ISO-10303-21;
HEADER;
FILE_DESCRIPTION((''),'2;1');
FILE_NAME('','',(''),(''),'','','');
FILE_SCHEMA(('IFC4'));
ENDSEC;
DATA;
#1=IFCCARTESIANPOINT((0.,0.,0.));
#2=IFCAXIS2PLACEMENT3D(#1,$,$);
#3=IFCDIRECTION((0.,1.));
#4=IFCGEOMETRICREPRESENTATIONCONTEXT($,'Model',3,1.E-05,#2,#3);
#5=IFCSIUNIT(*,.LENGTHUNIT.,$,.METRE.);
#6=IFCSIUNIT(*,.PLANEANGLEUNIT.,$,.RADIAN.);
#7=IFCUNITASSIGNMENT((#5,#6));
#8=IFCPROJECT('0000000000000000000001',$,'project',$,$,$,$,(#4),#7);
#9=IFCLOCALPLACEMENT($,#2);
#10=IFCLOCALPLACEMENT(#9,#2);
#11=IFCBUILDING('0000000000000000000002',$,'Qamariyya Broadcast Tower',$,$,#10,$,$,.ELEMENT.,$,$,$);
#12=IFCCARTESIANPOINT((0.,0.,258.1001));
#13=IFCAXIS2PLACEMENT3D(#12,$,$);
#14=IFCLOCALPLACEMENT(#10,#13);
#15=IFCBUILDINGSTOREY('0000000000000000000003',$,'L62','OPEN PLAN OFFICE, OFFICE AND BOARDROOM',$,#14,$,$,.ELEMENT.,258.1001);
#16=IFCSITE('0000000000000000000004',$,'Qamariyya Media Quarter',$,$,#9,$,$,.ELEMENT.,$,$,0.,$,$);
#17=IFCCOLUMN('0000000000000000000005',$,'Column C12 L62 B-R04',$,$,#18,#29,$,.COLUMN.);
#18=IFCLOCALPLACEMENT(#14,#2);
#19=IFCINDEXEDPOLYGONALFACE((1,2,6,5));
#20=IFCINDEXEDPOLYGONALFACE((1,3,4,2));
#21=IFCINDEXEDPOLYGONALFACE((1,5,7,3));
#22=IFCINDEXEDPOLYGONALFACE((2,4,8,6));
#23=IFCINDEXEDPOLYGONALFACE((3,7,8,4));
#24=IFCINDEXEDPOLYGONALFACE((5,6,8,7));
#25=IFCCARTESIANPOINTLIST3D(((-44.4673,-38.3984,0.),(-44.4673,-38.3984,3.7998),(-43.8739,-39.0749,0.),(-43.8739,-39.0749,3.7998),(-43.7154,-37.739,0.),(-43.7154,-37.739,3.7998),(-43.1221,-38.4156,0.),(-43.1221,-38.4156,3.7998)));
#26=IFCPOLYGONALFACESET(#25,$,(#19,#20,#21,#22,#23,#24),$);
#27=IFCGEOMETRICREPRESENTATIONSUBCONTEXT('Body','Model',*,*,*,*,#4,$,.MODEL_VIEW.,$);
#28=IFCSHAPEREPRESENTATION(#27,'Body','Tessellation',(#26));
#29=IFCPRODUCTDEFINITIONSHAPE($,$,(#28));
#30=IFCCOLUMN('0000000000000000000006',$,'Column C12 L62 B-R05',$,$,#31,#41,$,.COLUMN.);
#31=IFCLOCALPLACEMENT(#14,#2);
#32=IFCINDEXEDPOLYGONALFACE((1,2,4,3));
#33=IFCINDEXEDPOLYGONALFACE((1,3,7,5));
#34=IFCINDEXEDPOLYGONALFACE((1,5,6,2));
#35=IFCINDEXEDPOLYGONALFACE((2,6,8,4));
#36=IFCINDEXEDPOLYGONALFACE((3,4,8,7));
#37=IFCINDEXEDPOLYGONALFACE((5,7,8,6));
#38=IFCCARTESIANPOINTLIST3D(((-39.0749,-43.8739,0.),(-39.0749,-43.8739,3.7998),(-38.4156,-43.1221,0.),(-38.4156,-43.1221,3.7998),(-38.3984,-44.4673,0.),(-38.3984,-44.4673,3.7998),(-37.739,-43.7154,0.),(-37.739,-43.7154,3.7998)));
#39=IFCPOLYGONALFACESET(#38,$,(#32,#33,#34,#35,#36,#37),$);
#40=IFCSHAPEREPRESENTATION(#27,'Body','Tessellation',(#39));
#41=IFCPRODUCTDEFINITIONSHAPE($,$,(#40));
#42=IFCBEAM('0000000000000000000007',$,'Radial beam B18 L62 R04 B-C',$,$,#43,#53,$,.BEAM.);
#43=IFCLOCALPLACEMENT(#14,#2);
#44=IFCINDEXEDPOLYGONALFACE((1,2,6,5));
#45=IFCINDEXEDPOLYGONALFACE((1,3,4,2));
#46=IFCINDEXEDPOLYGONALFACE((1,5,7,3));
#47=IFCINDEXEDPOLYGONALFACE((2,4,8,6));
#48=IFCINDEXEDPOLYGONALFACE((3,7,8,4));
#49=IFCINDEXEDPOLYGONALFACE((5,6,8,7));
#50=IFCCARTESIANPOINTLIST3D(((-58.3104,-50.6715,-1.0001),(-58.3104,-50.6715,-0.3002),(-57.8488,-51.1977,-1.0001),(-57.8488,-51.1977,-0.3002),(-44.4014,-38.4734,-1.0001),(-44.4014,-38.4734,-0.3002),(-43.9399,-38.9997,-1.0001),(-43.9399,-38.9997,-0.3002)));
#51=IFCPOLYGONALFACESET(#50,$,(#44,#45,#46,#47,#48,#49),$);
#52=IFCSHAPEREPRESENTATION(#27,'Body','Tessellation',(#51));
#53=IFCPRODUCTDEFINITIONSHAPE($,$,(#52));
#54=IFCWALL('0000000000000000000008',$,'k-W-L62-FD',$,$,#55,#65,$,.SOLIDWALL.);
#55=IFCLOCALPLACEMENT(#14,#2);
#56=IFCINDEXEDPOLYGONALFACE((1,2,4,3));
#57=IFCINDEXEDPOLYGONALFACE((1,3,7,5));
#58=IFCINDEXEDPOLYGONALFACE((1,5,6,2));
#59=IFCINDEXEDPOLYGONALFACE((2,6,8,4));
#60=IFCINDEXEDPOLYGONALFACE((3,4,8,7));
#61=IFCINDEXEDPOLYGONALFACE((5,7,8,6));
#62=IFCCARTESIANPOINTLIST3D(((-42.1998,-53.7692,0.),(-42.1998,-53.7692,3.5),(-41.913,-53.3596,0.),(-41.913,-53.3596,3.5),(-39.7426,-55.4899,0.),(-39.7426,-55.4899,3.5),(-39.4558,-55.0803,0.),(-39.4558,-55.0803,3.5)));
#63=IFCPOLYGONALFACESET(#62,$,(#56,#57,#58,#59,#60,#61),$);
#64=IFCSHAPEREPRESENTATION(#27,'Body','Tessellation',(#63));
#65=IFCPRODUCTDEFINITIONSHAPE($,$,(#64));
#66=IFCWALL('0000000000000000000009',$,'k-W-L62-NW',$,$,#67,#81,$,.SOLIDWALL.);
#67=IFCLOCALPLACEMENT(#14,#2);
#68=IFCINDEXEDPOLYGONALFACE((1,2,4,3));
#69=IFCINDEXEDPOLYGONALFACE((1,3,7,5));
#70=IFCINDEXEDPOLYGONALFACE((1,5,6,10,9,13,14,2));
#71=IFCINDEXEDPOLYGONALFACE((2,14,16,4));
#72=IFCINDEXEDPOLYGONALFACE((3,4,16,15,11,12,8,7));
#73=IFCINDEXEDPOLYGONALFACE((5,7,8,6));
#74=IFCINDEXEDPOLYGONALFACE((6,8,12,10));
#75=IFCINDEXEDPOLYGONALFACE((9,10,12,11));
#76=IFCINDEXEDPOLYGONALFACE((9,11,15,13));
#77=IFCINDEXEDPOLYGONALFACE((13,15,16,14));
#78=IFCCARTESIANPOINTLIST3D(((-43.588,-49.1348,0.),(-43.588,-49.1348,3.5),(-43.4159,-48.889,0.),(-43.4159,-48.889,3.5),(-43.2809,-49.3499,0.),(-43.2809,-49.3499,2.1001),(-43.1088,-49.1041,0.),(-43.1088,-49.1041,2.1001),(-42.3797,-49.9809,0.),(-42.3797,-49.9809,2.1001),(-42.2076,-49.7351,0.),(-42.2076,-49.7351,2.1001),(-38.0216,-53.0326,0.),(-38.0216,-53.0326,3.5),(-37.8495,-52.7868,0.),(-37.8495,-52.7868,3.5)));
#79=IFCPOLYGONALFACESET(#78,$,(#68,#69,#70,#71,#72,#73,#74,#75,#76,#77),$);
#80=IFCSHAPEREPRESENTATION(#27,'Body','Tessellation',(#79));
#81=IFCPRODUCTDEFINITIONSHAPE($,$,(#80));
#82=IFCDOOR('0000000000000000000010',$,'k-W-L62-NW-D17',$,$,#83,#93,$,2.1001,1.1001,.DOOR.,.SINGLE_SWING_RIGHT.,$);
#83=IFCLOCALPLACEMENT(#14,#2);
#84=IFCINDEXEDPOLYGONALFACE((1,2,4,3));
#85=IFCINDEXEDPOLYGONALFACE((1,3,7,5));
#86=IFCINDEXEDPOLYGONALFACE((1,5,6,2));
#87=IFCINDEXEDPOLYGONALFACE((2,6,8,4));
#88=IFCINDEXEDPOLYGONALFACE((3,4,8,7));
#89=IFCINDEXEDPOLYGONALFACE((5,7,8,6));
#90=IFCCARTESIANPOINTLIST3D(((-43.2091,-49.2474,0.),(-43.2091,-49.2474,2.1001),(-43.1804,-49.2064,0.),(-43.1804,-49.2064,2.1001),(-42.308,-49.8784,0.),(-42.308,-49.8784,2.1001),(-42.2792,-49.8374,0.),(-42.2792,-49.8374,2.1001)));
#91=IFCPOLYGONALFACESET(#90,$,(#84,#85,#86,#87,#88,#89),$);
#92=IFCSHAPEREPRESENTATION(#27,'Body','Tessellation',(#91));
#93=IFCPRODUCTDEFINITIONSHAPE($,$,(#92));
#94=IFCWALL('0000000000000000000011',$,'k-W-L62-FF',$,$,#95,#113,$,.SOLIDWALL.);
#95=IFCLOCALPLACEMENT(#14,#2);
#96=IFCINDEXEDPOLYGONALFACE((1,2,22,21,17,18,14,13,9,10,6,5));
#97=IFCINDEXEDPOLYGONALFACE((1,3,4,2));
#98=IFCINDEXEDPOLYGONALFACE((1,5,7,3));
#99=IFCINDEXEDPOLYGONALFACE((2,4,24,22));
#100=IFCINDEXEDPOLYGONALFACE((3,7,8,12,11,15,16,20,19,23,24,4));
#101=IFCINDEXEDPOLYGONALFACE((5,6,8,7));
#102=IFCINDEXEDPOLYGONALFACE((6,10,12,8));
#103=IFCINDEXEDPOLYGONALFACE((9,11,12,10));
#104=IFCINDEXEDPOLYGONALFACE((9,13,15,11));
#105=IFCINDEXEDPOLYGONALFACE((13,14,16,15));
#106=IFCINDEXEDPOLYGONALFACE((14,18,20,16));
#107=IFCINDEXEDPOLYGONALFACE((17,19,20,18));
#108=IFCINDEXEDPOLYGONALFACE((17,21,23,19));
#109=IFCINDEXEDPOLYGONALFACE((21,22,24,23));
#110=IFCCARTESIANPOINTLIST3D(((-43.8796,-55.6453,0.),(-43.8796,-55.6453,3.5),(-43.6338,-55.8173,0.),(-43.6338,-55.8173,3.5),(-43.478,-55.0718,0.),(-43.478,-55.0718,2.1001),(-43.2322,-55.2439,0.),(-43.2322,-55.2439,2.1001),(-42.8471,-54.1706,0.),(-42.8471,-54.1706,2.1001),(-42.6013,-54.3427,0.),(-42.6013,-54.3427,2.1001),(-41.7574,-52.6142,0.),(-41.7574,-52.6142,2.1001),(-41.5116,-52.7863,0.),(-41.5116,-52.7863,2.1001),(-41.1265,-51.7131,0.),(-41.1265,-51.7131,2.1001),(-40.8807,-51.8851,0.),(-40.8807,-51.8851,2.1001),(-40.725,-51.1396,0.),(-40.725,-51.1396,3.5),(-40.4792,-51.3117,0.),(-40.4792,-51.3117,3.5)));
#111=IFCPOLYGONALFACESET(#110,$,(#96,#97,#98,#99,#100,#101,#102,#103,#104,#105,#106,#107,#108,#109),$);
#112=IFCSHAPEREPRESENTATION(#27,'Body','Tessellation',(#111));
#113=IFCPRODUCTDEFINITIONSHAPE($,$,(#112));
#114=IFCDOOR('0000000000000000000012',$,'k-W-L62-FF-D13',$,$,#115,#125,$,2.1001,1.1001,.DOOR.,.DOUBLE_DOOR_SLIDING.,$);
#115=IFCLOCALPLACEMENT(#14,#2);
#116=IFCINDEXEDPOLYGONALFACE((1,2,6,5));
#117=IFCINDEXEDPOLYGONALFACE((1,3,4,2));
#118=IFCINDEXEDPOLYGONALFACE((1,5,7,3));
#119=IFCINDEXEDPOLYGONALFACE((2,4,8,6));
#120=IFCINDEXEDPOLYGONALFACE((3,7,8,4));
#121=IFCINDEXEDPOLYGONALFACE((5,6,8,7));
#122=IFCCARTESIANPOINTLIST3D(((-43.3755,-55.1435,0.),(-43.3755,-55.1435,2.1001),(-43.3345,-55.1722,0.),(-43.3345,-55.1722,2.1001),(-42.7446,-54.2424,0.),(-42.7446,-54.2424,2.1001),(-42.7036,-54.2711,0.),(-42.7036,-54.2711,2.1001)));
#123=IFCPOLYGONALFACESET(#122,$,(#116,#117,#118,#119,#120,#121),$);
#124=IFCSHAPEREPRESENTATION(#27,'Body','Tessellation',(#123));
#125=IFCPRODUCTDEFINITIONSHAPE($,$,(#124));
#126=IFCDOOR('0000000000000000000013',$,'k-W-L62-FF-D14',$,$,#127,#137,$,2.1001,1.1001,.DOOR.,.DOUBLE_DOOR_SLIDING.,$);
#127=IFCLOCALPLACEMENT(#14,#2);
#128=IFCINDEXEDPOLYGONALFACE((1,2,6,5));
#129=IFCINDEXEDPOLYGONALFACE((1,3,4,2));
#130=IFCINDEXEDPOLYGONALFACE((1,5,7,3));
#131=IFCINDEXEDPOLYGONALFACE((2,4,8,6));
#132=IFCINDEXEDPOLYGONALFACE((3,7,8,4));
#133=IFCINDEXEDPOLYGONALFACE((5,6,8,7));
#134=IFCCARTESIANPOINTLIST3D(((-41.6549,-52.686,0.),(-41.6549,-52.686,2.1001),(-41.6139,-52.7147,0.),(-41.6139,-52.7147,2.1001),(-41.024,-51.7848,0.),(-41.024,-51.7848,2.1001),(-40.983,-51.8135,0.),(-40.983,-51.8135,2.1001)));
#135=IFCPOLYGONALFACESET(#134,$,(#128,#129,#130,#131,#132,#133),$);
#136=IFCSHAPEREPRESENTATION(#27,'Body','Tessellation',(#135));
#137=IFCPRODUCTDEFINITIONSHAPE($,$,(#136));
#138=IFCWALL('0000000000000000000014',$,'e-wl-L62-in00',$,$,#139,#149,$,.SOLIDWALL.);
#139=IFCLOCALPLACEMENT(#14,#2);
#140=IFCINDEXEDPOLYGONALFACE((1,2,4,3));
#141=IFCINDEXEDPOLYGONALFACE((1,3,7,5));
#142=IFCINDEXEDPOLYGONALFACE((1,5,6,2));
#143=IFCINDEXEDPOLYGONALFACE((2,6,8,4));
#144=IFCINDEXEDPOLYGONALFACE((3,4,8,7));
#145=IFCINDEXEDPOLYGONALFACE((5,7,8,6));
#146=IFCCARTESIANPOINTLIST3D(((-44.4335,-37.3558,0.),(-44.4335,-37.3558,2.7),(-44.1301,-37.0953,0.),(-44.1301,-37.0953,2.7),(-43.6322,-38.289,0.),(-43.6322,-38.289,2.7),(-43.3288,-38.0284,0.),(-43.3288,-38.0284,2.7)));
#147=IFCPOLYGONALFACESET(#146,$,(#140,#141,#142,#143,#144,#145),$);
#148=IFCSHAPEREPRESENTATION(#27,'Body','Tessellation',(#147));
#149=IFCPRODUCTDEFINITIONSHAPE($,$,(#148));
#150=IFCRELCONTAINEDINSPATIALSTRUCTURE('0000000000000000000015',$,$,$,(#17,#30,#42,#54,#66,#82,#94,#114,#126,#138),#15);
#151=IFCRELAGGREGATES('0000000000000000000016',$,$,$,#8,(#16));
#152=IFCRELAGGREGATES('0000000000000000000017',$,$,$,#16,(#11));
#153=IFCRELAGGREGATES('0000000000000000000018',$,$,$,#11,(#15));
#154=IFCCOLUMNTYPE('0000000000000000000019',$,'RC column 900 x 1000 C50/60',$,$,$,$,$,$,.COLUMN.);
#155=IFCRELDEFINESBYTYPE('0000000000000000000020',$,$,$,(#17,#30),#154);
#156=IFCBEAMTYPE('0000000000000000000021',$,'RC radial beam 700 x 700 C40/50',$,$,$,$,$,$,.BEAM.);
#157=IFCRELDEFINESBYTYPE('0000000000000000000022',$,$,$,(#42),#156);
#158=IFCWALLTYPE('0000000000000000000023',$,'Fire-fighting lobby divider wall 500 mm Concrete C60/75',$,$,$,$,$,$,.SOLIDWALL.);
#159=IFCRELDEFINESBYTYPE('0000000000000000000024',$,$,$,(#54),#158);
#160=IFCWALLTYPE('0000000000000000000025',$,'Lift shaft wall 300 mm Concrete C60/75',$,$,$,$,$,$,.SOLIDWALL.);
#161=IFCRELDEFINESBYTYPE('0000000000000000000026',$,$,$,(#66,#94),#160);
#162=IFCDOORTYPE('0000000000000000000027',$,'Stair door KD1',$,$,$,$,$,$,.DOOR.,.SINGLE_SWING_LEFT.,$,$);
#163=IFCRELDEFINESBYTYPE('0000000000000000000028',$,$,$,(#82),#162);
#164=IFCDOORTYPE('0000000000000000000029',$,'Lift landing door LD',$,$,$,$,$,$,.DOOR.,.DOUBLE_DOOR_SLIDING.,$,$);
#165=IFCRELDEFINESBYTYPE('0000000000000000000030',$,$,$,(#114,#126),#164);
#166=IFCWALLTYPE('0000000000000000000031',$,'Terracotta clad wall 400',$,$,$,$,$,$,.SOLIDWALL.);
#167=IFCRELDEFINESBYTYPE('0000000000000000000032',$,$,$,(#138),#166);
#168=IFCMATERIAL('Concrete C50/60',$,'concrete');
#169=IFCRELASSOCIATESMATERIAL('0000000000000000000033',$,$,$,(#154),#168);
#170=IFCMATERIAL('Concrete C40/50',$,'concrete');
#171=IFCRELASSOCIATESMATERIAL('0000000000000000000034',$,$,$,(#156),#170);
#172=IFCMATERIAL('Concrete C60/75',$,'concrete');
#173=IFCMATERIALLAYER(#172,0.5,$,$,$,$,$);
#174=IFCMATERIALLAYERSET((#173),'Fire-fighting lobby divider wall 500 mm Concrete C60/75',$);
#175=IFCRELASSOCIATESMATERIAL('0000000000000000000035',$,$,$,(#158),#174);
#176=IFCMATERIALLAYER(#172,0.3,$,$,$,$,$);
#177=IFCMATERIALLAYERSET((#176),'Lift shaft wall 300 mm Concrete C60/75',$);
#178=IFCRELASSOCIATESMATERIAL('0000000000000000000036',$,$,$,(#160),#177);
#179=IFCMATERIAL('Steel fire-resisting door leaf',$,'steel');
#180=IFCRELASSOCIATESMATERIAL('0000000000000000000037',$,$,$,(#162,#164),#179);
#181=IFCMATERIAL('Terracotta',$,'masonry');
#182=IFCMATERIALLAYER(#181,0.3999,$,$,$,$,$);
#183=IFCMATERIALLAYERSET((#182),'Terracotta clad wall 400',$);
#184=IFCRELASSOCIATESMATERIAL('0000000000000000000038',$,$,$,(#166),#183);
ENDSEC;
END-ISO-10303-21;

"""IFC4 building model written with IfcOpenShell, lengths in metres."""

from ifc_helpers import new_model, si_unit, direction, frame, frame_2d, origin, origin_2d, place, context, subcontext, project, spatial, rectangle, extrude, material, layer, layer_set, material_profile, profile_set, type_object, element, fill, save


model = new_model("IFC4")

# Units and contexts
model_context = context("Model", 3, precision=1e-05, world=origin(), true_north=direction((0.0, 1.0)))
body_context = subcontext(model_context, "Body", "Model", "MODEL_VIEW")
ifc_project = project(units=[si_unit("LENGTHUNIT", "METRE"), si_unit("PLANEANGLEUNIT", "RADIAN")], contexts=[model_context])

# Site, building, storey
site_placement = place(None, origin())
site = spatial("IfcSite", under=ifc_project, at=site_placement, Name="Qamariyya Media Quarter", CompositionType="ELEMENT", RefElevation=0.0)
building_placement = place(site_placement, origin())
building = spatial("IfcBuilding", under=site, at=building_placement, Name="Qamariyya Broadcast Tower", CompositionType="ELEMENT")
storey_placement = place(building_placement, frame((0.0, 0.0, 258.1001)))
storey = spatial("IfcBuildingStorey", under=building, at=storey_placement, Name="L62", Description="OPEN PLAN OFFICE, OFFICE AND BOARDROOM", CompositionType="ELEMENT", Elevation=258.1001)

# Columns
ifc_material_1 = material(Name="Concrete C50/60", Category="concrete")
ifc_material_profile_1 = material_profile(ifc_material_1, rectangle(XDim=0.8999, YDim=1.0, at=origin_2d()))
ifc_profile_set_1 = profile_set([ifc_material_profile_1], Name="Concrete C50/60")
column_type = type_object("IfcColumnType", Name="RC column 900 x 1000 C50/60", PredefinedType="COLUMN", material=ifc_profile_set_1)
for number, where, z_axis, x_axis, name in (
    (1, (-43.7947, -38.407, 0.0), (0.0, 0.0, 1.0), (0.659346, -0.75184, 0.0), "Column C12 L62 B-R04"),
    (2, (-38.407, -43.7947, 0.0), (0.0, 0.0, 1.0), (0.75184, -0.659346, 0.0), "Column C12 L62 B-R05"),
):
    element("IfcColumn", number, at=place(storey_placement, frame(where, z_axis=z_axis, x_axis=x_axis)), inside=storey, type_object=column_type, Name=name, PredefinedType="COLUMN", context=body_context, shape_type="SweptSolid", body=[
        extrude(rectangle(XDim=0.8999, YDim=1.0, at=origin_2d()), origin(), (0.0, 0.0, 1.0), 3.7998),
    ])

# Beam
ifc_material_2 = material(Name="Concrete C40/50", Category="concrete")
ifc_material_profile_2 = material_profile(ifc_material_2, rectangle(XDim=0.7, YDim=0.7, at=origin_2d()))
ifc_profile_set_2 = profile_set([ifc_material_profile_2], Name="Concrete C40/50")
beam_type = type_object("IfcBeamType", Name="RC radial beam 700 x 700 C40/50", PredefinedType="BEAM", material=ifc_profile_set_2)
beam_placement = place(storey_placement, frame((-44.1707, -38.7366, -0.6501), z_axis=(-0.751835, -0.659352, 0.0), x_axis=(0.659352, -0.751835, 0.0)))
element("IfcBeam", 3, at=beam_placement, inside=storey, type_object=beam_type, Name="Radial beam B18 L62 R04 B-C", PredefinedType="BEAM", context=body_context, shape_type="SweptSolid", body=[
    extrude(rectangle(XDim=0.7, YDim=0.7, at=origin_2d()), origin(), (0.0, 0.0, 1.0), 18.5),
])

# Wall
ifc_material_3 = material(Name="Concrete C60/75", Category="concrete")
ifc_layer_1 = layer(ifc_material_3, 0.5)
ifc_layer_set_1 = layer_set([ifc_layer_1], Name="Fire-fighting lobby divider wall 500 mm Concrete C60/75")
wall_type_1 = type_object("IfcWallType", Name="Fire-fighting lobby divider wall 500 mm Concrete C60/75", PredefinedType="SOLIDWALL", material=ifc_layer_set_1)
wall_1_placement = place(storey_placement, frame((-39.5991, -55.2852, 0.0), z_axis=(0.0, 0.0, 1.0), x_axis=(-0.819136, 0.573599, 0.0)))
element("IfcWall", 4, at=wall_1_placement, inside=storey, type_object=wall_type_1, Name="k-W-L62-FD", PredefinedType="SOLIDWALL", context=body_context, shape_type="SweptSolid", body=[
    extrude(rectangle(XDim=2.9998, YDim=0.5, at=frame_2d((1.5, 0.0))), origin(), (0.0, 0.0, 1.0), 3.5),
])

# Wall, opening, door
ifc_layer_2 = layer(ifc_material_3, 0.3)
ifc_layer_set_2 = layer_set([ifc_layer_2], Name="Lift shaft wall 300 mm Concrete C60/75")
wall_type_2 = type_object("IfcWallType", Name="Lift shaft wall 300 mm Concrete C60/75", PredefinedType="SOLIDWALL", material=ifc_layer_set_2)
wall_2_placement = place(storey_placement, frame((-37.9355, -52.9097, 0.0), z_axis=(0.0, 0.0, 1.0), x_axis=(-0.819148, 0.573583, 0.0)))
wall_2 = element("IfcWall", 5, at=wall_2_placement, inside=storey, type_object=wall_type_2, Name="k-W-L62-NW", PredefinedType="SOLIDWALL", context=body_context, shape_type="SweptSolid", body=[
    extrude(rectangle(XDim=6.7954, YDim=0.3, at=frame_2d((3.3977, 0.0))), origin(), (0.0, 0.0, 1.0), 3.5),
])
opening_1_placement = place(wall_2_placement, frame((5.3203, 0.0, 0.0)))
opening_1 = element("IfcOpeningElement", 6, at=opening_1_placement, cuts=wall_2, PredefinedType="OPENING", context=body_context, shape_type="SweptSolid", body=[
    extrude(rectangle(XDim=1.1001, YDim=2.1001, at=frame_2d((0.55, 1.05))), frame((0.0, 0.1599, 0.0), z_axis=(0.0, -1.0, 0.0), x_axis=(1.0, 0.0, 0.0)), (0.0, 0.0, 1.0), 0.3201),
])
ifc_material_4 = material(Name="Steel fire-resisting door leaf", Category="steel")
door_type_1 = type_object("IfcDoorType", Name="Stair door KD1", OperationType="SINGLE_SWING_LEFT", PredefinedType="DOOR", material=ifc_material_4)
door_1_placement = place(opening_1_placement, origin())
door_1 = element("IfcDoor", 7, at=door_1_placement, inside=storey, type_object=door_type_1, Name="k-W-L62-NW-D17", OperationType="SINGLE_SWING_RIGHT", OverallHeight=2.1001, OverallWidth=1.1001, PredefinedType="DOOR", context=body_context, shape_type="SweptSolid", body=[
    extrude(rectangle(XDim=1.1001, YDim=2.1001, at=frame_2d((0.55, 1.05))), frame((0.0, 0.0249, 0.0), z_axis=(0.0, -1.0, 0.0), x_axis=(1.0, 0.0, 0.0)), (0.0, 0.0, 1.0), 0.05),
])
fill(opening_1, door_1)

# Wall, openings, doors
wall_3_placement = place(storey_placement, frame((-43.7566, -55.7312, 0.0), z_axis=(0.0, 0.0, 1.0), x_axis=(0.573537, 0.81918, 0.0)))
wall_3 = element("IfcWall", 8, at=wall_3_placement, inside=storey, type_object=wall_type_2, Name="k-W-L62-FF", PredefinedType="SOLIDWALL", context=body_context, shape_type="SweptSolid", body=[
    extrude(rectangle(XDim=5.5002, YDim=0.3, at=frame_2d((2.75, 0.0))), origin(), (0.0, 0.0, 1.0), 3.5),
])
opening_2_placement = place(wall_3_placement, frame((0.7, 0.0, 0.0)))
opening_2 = element("IfcOpeningElement", 9, at=opening_2_placement, cuts=wall_3, PredefinedType="OPENING", context=body_context, shape_type="SweptSolid", body=[
    extrude(rectangle(XDim=1.1001, YDim=2.1001, at=frame_2d((0.55, 1.05))), frame((0.0, 0.1599, 0.0), z_axis=(0.0, -1.0, 0.0), x_axis=(1.0, 0.0, 0.0)), (0.0, 0.0, 1.0), 0.3201),
])
opening_3_placement = place(wall_3_placement, frame((3.7, 0.0, 0.0)))
opening_3 = element("IfcOpeningElement", 10, at=opening_3_placement, cuts=wall_3, PredefinedType="OPENING", context=body_context, shape_type="SweptSolid", body=[
    extrude(rectangle(XDim=1.1001, YDim=2.1001, at=frame_2d((0.55, 1.05))), frame((0.0, 0.1599, 0.0), z_axis=(0.0, -1.0, 0.0), x_axis=(1.0, 0.0, 0.0)), (0.0, 0.0, 1.0), 0.3201),
])
door_type_2 = type_object("IfcDoorType", Name="Lift landing door LD", OperationType="DOUBLE_DOOR_SLIDING", PredefinedType="DOOR", material=ifc_material_4)
door_2_placement = place(opening_2_placement, origin())
door_2 = element("IfcDoor", 11, at=door_2_placement, inside=storey, type_object=door_type_2, Name="k-W-L62-FF-D13", OperationType="DOUBLE_DOOR_SLIDING", OverallHeight=2.1001, OverallWidth=1.1001, PredefinedType="DOOR", context=body_context, shape_type="SweptSolid", body=[
    extrude(rectangle(XDim=1.1001, YDim=2.1001, at=frame_2d((0.55, 1.05))), frame((0.0, 0.0249, 0.0), z_axis=(0.0, -1.0, 0.0), x_axis=(1.0, 0.0, 0.0)), (0.0, 0.0, 1.0), 0.05),
])
fill(opening_2, door_2)
door_3_placement = place(opening_3_placement, origin())
door_3 = element("IfcDoor", 12, at=door_3_placement, inside=storey, type_object=door_type_2, Name="k-W-L62-FF-D14", OperationType="DOUBLE_DOOR_SLIDING", OverallHeight=2.1001, OverallWidth=1.1001, PredefinedType="DOOR", context=body_context, shape_type="SweptSolid", body=[
    extrude(rectangle(XDim=1.1001, YDim=2.1001, at=frame_2d((0.55, 1.05))), frame((0.0, 0.0249, 0.0), z_axis=(0.0, -1.0, 0.0), x_axis=(1.0, 0.0, 0.0)), (0.0, 0.0, 1.0), 0.05),
])
fill(opening_3, door_3)

# Wall
ifc_material_5 = material(Name="Terracotta", Category="masonry")
ifc_layer_3 = layer(ifc_material_5, 0.3999)
ifc_layer_set_3 = layer_set([ifc_layer_3], Name="Terracotta clad wall 400")
wall_type_3 = type_object("IfcWallType", Name="Terracotta clad wall 400", PredefinedType="SOLIDWALL", material=ifc_layer_set_3)
wall_4_placement = place(storey_placement, frame((-43.4805, -38.1587, 0.0), z_axis=(0.0, 0.0, 1.0), x_axis=(-0.651478, 0.758668, 0.0)))
element("IfcWall", 13, at=wall_4_placement, inside=storey, type_object=wall_type_3, Name="e-wl-L62-in00", PredefinedType="SOLIDWALL", context=body_context, shape_type="SweptSolid", body=[
    extrude(rectangle(XDim=1.23, YDim=0.3999, at=frame_2d((0.615, 0.0))), origin(), (0.0, 0.0, 1.0), 2.7),
])

save(model, "model.ifc")
